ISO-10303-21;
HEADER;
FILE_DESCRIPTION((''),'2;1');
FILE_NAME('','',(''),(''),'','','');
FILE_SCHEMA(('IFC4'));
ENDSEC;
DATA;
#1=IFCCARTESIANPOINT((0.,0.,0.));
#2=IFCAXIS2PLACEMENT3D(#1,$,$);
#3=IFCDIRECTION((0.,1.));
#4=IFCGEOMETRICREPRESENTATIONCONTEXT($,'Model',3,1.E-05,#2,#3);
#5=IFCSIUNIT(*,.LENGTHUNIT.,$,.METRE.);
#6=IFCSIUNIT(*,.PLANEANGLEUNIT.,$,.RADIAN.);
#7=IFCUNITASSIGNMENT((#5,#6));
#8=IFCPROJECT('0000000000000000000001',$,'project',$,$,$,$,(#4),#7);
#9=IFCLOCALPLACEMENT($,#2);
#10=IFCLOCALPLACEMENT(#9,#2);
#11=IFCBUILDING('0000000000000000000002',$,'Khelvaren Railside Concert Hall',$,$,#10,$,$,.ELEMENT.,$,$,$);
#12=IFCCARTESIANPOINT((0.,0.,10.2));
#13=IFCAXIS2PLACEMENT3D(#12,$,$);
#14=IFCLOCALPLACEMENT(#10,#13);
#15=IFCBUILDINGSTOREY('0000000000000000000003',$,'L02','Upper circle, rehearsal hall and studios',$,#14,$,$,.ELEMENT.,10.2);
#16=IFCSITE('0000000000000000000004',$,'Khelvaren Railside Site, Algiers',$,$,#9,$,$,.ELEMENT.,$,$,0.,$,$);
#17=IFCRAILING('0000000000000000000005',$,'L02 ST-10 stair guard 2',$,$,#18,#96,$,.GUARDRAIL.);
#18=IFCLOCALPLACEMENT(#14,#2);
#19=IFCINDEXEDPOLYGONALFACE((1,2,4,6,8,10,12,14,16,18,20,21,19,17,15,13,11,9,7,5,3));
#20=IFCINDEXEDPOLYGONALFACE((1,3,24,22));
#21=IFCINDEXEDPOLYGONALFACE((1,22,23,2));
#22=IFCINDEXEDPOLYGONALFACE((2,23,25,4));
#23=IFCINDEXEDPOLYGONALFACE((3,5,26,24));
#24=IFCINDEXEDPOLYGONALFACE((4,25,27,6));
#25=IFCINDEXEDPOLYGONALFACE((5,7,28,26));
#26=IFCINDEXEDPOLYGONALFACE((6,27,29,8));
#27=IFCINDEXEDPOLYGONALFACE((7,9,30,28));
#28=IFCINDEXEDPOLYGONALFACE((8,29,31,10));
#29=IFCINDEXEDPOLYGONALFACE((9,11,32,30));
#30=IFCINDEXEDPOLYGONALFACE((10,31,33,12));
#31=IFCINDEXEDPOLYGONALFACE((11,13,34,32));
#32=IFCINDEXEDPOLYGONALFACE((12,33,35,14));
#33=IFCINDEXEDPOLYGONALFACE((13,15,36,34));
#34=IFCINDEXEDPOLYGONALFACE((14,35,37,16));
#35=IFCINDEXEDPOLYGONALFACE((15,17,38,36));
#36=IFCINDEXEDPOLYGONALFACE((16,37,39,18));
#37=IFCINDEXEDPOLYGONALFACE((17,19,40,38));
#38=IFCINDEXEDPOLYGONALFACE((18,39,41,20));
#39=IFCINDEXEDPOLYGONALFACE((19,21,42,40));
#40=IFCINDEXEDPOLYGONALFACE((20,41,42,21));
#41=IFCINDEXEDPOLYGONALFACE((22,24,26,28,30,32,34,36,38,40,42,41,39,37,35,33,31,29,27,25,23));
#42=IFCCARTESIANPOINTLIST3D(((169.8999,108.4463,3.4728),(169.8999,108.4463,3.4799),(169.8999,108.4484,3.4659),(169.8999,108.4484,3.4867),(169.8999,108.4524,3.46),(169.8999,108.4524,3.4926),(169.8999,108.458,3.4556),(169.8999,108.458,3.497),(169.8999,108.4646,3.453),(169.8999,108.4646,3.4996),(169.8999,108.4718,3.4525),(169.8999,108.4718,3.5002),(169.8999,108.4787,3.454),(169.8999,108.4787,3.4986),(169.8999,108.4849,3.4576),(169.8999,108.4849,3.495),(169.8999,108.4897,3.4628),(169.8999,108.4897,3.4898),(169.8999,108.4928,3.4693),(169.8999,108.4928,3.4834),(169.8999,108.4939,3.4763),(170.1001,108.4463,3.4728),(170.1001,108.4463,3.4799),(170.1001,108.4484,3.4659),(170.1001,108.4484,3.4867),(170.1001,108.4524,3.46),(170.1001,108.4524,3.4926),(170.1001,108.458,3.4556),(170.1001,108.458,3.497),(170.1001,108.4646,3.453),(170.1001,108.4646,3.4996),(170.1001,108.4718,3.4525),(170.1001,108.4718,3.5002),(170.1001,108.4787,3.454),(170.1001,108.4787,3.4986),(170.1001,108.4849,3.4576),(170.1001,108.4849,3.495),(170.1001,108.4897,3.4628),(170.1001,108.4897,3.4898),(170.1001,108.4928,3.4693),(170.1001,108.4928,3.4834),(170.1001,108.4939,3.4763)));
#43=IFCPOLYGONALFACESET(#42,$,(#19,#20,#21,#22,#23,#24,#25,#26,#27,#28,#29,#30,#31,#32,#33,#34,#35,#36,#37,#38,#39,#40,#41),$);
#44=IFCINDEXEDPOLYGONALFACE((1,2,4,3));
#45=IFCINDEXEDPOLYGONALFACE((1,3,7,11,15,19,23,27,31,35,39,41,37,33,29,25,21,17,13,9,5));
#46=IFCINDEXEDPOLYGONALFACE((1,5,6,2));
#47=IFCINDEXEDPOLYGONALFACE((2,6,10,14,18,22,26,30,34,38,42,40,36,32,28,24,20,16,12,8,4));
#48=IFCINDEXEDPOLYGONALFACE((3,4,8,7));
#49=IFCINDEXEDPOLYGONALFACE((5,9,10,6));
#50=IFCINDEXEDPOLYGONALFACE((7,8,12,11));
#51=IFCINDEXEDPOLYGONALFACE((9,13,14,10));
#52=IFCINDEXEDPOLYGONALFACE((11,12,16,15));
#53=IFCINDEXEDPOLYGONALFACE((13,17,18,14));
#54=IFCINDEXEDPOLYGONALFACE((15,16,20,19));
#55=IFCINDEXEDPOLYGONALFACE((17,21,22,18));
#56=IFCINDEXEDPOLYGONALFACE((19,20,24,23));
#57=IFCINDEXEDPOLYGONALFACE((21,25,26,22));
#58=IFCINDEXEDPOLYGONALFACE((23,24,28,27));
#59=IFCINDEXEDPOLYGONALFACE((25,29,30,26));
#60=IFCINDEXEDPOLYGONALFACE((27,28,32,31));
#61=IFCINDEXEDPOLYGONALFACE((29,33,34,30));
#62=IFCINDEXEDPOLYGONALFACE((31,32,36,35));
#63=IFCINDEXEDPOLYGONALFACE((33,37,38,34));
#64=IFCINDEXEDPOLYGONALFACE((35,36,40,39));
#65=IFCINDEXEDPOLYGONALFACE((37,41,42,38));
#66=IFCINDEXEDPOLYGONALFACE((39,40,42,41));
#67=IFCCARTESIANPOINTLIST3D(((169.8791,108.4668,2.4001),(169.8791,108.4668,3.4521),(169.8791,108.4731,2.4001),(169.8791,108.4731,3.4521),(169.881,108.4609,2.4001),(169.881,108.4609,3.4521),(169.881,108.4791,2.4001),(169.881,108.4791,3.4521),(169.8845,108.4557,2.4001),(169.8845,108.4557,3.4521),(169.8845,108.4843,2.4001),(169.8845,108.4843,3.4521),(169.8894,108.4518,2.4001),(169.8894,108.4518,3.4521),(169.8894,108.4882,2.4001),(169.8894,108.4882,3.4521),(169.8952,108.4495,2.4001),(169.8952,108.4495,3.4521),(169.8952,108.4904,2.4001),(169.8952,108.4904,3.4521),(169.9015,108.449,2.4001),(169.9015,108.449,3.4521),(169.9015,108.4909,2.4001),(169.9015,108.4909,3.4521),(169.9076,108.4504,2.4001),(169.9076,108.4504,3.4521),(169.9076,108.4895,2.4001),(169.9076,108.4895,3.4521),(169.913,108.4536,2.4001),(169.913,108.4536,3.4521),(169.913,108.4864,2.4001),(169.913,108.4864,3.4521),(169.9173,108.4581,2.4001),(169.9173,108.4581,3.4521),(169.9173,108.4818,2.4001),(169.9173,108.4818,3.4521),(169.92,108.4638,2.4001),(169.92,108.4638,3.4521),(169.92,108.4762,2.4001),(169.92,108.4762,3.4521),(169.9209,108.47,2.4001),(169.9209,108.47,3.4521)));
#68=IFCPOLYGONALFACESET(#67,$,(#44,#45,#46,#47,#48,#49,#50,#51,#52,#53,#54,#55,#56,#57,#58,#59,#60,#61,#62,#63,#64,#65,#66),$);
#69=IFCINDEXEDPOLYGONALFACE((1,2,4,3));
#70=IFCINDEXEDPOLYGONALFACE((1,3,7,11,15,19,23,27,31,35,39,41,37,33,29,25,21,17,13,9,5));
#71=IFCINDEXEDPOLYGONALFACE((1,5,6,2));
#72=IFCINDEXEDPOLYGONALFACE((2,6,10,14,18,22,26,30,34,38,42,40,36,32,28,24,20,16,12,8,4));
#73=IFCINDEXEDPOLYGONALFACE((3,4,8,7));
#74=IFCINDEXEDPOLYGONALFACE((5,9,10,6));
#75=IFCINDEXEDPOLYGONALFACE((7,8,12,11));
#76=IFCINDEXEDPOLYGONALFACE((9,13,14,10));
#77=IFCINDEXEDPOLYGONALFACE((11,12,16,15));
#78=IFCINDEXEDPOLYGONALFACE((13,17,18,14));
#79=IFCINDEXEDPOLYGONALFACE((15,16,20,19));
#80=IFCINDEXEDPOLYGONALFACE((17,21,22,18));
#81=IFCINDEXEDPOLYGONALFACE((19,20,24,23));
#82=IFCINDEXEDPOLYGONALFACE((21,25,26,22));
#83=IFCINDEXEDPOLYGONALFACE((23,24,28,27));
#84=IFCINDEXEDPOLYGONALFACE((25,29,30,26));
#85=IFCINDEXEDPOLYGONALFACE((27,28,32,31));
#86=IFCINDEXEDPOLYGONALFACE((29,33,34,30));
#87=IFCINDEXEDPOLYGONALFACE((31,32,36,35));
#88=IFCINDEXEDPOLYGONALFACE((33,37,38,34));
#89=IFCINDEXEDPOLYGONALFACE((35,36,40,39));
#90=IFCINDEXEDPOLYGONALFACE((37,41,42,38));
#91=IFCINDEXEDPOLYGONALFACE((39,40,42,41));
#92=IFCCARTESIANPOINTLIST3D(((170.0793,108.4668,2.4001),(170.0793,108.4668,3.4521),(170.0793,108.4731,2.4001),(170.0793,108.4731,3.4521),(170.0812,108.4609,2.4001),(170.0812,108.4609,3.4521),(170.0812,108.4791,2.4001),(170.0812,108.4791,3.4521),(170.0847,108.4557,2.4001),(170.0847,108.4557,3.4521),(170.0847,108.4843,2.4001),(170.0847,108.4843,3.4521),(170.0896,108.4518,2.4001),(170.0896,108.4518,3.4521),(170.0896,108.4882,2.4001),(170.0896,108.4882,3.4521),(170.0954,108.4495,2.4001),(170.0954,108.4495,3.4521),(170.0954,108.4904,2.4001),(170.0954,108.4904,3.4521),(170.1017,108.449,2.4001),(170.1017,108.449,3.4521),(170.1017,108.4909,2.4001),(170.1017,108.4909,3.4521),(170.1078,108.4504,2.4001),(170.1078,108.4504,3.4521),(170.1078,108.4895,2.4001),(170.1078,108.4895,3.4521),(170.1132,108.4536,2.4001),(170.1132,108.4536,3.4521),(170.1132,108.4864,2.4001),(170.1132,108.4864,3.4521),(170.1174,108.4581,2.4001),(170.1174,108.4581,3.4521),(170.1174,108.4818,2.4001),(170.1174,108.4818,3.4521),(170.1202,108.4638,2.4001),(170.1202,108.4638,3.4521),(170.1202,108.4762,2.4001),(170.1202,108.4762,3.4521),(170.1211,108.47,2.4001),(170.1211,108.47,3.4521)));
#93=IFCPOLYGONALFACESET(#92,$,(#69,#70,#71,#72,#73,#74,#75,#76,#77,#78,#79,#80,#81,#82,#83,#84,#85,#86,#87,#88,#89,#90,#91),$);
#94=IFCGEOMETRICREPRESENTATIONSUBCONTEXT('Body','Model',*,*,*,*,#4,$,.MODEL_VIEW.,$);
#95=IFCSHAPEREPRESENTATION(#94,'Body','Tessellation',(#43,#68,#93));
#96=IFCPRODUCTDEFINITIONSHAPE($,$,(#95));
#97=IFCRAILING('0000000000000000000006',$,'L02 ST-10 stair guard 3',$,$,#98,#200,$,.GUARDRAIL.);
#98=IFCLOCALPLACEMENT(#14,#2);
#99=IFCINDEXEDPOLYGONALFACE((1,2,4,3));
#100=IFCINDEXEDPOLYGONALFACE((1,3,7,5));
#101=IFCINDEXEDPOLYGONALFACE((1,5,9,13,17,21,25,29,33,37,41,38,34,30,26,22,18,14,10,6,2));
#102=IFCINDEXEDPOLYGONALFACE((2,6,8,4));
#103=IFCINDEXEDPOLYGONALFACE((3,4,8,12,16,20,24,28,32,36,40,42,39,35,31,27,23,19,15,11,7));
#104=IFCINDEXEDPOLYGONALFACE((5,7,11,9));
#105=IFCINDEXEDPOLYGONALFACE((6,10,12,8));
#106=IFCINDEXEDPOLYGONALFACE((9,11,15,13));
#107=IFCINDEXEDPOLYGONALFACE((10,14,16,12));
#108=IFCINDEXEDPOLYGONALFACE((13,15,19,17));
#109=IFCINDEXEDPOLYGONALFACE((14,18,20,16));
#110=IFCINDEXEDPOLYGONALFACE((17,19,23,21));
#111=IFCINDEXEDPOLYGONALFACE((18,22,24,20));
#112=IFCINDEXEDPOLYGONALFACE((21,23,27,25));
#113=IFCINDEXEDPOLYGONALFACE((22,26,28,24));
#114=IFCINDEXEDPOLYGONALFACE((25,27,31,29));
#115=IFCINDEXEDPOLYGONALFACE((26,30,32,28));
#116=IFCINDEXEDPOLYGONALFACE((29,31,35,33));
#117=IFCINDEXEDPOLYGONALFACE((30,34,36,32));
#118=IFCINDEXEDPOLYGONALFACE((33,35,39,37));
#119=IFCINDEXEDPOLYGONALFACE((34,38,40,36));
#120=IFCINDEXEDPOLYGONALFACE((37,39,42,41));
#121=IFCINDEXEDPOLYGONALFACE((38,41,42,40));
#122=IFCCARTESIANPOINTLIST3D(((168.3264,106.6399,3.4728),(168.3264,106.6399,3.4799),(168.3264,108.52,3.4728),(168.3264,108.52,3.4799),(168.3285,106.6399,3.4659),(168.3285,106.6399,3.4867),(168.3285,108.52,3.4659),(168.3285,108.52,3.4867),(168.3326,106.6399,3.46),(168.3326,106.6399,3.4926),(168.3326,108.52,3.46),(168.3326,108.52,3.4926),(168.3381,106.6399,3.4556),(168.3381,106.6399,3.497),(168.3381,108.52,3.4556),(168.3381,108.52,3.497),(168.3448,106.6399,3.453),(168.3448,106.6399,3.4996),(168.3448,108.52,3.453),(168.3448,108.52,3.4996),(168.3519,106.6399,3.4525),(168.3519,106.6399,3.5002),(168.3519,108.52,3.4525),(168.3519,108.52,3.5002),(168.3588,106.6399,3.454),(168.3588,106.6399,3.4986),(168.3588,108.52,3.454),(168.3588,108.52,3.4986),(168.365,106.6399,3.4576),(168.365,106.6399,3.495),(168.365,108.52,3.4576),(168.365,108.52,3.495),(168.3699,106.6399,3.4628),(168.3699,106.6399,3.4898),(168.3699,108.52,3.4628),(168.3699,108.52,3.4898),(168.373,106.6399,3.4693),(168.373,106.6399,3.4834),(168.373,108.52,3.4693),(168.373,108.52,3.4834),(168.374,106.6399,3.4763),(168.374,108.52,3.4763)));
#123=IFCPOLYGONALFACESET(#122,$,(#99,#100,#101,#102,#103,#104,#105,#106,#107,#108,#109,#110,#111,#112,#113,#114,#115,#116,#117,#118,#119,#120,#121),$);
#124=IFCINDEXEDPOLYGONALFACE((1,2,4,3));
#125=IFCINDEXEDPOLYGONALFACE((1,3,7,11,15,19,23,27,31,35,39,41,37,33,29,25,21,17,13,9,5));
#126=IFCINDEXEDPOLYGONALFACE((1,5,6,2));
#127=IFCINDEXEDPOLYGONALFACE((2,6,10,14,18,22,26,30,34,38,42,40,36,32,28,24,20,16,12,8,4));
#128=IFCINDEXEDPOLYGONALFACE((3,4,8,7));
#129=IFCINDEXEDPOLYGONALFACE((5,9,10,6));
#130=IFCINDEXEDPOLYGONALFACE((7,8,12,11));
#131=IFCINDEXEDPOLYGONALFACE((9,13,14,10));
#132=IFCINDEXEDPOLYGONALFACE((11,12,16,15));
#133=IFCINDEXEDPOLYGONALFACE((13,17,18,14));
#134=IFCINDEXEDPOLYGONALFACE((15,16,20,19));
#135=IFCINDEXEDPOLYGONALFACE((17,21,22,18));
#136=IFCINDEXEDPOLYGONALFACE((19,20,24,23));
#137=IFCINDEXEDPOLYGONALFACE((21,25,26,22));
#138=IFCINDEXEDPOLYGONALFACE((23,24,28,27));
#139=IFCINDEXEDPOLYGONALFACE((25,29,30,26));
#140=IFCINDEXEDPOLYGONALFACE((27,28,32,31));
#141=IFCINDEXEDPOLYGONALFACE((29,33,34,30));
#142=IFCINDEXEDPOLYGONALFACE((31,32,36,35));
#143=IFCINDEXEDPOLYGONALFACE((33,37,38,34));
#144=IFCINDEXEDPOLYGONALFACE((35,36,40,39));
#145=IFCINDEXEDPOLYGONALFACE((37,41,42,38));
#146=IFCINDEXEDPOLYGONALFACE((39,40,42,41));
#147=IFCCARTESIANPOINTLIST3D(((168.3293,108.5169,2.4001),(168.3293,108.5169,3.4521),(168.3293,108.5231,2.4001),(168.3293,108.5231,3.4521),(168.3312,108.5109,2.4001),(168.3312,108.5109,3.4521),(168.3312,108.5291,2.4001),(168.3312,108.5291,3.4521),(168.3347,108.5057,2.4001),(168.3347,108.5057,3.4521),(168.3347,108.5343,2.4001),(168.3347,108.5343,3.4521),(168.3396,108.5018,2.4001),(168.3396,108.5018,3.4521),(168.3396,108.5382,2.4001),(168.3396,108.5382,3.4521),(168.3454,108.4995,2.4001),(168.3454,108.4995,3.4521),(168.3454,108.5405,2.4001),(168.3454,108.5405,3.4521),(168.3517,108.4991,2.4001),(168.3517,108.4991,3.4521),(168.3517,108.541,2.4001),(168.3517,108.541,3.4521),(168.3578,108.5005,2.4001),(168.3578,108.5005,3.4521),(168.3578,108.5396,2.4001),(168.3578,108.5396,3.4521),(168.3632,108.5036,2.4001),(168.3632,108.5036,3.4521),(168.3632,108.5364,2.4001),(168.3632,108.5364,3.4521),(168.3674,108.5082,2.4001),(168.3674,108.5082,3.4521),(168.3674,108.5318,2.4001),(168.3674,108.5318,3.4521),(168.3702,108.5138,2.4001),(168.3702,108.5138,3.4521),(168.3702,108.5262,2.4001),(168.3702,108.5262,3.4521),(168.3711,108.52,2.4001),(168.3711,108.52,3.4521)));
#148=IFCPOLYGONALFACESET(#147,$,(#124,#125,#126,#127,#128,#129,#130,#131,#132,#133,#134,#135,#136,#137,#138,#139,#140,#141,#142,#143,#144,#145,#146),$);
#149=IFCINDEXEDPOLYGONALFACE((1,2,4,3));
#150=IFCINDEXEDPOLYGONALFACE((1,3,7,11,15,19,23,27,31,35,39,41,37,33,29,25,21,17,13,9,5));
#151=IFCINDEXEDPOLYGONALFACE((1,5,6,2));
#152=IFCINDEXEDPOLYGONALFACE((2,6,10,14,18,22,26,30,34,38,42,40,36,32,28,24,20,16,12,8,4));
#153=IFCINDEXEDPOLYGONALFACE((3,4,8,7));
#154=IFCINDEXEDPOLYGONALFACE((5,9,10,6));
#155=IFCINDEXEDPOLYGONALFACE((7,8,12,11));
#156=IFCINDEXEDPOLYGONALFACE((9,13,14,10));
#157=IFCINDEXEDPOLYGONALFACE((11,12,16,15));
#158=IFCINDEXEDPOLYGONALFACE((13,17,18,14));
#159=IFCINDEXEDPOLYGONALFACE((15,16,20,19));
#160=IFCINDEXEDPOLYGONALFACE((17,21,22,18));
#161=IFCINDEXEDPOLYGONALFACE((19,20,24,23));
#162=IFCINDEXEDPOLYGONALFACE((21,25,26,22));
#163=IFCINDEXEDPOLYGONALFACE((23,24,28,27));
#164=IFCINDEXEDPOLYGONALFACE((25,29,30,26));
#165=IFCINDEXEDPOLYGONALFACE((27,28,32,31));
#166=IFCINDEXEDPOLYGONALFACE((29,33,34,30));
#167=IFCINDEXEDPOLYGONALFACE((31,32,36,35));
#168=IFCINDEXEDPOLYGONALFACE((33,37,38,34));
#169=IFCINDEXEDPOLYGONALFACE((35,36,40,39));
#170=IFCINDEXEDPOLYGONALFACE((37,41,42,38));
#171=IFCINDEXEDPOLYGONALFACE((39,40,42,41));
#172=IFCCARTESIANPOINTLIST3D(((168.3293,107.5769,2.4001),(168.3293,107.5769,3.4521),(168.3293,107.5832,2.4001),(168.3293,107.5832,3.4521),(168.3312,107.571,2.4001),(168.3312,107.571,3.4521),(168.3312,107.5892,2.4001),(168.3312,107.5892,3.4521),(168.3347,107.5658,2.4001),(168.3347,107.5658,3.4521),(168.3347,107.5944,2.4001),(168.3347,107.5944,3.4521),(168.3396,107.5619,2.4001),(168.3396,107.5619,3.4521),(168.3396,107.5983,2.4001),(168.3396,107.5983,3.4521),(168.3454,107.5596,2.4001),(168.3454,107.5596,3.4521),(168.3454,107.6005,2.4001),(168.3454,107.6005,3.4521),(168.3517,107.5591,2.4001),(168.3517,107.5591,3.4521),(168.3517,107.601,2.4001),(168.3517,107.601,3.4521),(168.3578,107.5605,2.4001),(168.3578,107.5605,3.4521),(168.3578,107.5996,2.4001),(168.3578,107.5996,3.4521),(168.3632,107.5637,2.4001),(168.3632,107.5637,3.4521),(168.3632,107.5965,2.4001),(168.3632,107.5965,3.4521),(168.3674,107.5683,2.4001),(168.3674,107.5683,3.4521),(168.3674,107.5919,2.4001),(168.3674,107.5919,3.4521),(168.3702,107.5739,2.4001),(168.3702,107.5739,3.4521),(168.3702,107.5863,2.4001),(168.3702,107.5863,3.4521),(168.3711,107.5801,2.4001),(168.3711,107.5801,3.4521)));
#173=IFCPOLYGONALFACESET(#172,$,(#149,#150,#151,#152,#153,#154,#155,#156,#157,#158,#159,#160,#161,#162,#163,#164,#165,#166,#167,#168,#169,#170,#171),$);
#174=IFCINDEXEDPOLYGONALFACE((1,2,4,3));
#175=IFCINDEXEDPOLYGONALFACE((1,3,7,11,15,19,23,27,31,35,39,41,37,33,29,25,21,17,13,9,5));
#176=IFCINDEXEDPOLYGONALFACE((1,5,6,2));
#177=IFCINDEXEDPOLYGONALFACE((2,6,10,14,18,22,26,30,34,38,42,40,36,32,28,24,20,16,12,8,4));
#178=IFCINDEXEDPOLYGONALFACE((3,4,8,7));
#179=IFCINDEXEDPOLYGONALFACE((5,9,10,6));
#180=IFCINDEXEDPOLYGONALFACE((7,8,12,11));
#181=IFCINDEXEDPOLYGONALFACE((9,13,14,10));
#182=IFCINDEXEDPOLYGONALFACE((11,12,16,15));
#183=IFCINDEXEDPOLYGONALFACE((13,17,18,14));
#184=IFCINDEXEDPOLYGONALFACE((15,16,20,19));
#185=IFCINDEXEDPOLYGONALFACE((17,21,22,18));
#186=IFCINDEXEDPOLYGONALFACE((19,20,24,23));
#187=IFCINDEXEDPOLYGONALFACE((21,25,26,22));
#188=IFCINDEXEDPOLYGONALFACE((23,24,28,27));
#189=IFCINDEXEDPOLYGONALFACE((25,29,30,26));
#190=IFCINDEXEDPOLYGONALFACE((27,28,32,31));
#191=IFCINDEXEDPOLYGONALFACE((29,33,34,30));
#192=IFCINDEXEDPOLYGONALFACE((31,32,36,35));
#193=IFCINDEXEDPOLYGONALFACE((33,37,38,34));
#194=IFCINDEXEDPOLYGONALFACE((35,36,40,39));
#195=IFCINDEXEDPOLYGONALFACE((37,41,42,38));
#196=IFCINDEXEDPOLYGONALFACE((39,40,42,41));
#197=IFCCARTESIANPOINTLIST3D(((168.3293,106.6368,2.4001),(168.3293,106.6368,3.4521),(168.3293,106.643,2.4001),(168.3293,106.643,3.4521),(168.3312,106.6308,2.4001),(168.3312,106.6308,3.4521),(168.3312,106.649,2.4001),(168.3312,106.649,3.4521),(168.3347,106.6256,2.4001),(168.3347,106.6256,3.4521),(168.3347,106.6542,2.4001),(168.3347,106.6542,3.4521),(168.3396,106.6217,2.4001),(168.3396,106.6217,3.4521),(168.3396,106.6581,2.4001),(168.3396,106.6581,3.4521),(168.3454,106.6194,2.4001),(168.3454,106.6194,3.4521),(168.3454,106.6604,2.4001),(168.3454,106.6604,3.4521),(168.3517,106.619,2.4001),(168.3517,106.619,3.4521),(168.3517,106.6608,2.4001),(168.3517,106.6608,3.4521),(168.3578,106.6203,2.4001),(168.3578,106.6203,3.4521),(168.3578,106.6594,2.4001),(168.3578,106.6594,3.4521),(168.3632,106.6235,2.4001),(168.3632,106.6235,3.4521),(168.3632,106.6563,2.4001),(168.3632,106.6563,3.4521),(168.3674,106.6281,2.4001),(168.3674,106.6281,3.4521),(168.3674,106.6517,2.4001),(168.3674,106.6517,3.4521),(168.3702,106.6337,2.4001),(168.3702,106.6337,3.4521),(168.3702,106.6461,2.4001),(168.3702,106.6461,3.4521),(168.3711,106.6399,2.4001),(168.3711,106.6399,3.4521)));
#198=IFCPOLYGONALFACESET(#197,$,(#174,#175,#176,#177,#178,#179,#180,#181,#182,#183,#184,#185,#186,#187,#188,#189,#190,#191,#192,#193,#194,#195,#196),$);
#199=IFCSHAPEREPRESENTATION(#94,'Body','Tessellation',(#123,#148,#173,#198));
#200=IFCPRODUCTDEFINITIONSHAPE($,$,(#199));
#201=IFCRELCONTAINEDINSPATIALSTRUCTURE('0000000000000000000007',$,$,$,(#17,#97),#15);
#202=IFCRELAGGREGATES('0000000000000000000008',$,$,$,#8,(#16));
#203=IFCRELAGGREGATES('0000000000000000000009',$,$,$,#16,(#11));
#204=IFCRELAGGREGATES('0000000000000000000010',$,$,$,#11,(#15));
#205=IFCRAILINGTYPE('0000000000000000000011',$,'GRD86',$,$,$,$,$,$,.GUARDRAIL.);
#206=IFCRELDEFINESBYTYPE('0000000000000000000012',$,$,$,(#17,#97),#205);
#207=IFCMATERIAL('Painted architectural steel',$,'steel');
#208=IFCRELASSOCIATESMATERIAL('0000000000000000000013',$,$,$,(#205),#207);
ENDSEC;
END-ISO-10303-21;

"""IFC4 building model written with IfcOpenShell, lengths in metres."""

from ifc_helpers import new_model, si_unit, direction, frame, origin, origin_2d, place, context, subcontext, project, spatial, circle, extrude, material, type_object, element, save


model = new_model("IFC4")

# Units and contexts
model_context = context("Model", 3, precision=1e-05, world=origin(), true_north=direction((0.0, 1.0)))
body_context = subcontext(model_context, "Body", "Model", "MODEL_VIEW")
ifc_project = project(units=[si_unit("LENGTHUNIT", "METRE"), si_unit("PLANEANGLEUNIT", "RADIAN")], contexts=[model_context])

# Site, building, storey
site_placement = place(None, origin())
site = spatial("IfcSite", under=ifc_project, at=site_placement, Name="Khelvaren Railside Site, Algiers", CompositionType="ELEMENT", RefElevation=0.0)
building_placement = place(site_placement, origin())
building = spatial("IfcBuilding", under=site, at=building_placement, Name="Khelvaren Railside Concert Hall", CompositionType="ELEMENT")
storey_placement = place(building_placement, frame((0.0, 0.0, 10.2)))
storey = spatial("IfcBuildingStorey", under=building, at=storey_placement, Name="L02", Description="Upper circle, rehearsal hall and studios", CompositionType="ELEMENT", Elevation=10.2)

# Railings
ifc_material_1 = material(Name="Painted architectural steel", Category="steel")
railing_type_1 = type_object("IfcRailingType", Name="GRD86", PredefinedType="GUARDRAIL", material=ifc_material_1)
railing_1_placement = place(storey_placement, frame((169.8999, 108.47, 2.4001)))
element("IfcRailing", 1, at=railing_1_placement, inside=storey, type_object=railing_type_1, Name="L02 ST-10 stair guard 2", PredefinedType="GUARDRAIL", context=body_context, shape_type="SweptSolid", body=[
    extrude(circle(Radius=0.0239, at=origin_2d()), frame((0.0, 0.0, 1.0762), z_axis=(1.0, 0.0, 0.0), x_axis=(0.0, 1.0, 0.0)), (0.0, 0.0, 1.0), 0.2002),
    extrude(circle(Radius=0.021, at=origin_2d()), origin(), (0.0, 0.0, 1.0), 1.052),
    extrude(circle(Radius=0.021, at=origin_2d()), frame((0.2002, 0.0, 0.0)), (0.0, 0.0, 1.0), 1.052),
])
railing_2_placement = place(storey_placement, frame((168.3501, 108.52, 2.4001)))
element("IfcRailing", 2, at=railing_2_placement, inside=storey, type_object=railing_type_1, Name="L02 ST-10 stair guard 3", PredefinedType="GUARDRAIL", context=body_context, shape_type="SweptSolid", body=[
    extrude(circle(Radius=0.0239, at=origin_2d()), frame((0.0, 0.0, 1.0762), z_axis=(0.0, -1.0, 0.0), x_axis=(1.0, 0.0, 0.0)), (0.0, 0.0, 1.0), 1.8801),
    extrude(circle(Radius=0.021, at=origin_2d()), origin(), (0.0, 0.0, 1.0), 1.052),
    extrude(circle(Radius=0.021, at=origin_2d()), frame((0.0, -0.9399, 0.0)), (0.0, 0.0, 1.0), 1.052),
    extrude(circle(Radius=0.021, at=origin_2d()), frame((0.0, -1.8801, 0.0)), (0.0, 0.0, 1.0), 1.052),
])

save(model, "model.ifc")
